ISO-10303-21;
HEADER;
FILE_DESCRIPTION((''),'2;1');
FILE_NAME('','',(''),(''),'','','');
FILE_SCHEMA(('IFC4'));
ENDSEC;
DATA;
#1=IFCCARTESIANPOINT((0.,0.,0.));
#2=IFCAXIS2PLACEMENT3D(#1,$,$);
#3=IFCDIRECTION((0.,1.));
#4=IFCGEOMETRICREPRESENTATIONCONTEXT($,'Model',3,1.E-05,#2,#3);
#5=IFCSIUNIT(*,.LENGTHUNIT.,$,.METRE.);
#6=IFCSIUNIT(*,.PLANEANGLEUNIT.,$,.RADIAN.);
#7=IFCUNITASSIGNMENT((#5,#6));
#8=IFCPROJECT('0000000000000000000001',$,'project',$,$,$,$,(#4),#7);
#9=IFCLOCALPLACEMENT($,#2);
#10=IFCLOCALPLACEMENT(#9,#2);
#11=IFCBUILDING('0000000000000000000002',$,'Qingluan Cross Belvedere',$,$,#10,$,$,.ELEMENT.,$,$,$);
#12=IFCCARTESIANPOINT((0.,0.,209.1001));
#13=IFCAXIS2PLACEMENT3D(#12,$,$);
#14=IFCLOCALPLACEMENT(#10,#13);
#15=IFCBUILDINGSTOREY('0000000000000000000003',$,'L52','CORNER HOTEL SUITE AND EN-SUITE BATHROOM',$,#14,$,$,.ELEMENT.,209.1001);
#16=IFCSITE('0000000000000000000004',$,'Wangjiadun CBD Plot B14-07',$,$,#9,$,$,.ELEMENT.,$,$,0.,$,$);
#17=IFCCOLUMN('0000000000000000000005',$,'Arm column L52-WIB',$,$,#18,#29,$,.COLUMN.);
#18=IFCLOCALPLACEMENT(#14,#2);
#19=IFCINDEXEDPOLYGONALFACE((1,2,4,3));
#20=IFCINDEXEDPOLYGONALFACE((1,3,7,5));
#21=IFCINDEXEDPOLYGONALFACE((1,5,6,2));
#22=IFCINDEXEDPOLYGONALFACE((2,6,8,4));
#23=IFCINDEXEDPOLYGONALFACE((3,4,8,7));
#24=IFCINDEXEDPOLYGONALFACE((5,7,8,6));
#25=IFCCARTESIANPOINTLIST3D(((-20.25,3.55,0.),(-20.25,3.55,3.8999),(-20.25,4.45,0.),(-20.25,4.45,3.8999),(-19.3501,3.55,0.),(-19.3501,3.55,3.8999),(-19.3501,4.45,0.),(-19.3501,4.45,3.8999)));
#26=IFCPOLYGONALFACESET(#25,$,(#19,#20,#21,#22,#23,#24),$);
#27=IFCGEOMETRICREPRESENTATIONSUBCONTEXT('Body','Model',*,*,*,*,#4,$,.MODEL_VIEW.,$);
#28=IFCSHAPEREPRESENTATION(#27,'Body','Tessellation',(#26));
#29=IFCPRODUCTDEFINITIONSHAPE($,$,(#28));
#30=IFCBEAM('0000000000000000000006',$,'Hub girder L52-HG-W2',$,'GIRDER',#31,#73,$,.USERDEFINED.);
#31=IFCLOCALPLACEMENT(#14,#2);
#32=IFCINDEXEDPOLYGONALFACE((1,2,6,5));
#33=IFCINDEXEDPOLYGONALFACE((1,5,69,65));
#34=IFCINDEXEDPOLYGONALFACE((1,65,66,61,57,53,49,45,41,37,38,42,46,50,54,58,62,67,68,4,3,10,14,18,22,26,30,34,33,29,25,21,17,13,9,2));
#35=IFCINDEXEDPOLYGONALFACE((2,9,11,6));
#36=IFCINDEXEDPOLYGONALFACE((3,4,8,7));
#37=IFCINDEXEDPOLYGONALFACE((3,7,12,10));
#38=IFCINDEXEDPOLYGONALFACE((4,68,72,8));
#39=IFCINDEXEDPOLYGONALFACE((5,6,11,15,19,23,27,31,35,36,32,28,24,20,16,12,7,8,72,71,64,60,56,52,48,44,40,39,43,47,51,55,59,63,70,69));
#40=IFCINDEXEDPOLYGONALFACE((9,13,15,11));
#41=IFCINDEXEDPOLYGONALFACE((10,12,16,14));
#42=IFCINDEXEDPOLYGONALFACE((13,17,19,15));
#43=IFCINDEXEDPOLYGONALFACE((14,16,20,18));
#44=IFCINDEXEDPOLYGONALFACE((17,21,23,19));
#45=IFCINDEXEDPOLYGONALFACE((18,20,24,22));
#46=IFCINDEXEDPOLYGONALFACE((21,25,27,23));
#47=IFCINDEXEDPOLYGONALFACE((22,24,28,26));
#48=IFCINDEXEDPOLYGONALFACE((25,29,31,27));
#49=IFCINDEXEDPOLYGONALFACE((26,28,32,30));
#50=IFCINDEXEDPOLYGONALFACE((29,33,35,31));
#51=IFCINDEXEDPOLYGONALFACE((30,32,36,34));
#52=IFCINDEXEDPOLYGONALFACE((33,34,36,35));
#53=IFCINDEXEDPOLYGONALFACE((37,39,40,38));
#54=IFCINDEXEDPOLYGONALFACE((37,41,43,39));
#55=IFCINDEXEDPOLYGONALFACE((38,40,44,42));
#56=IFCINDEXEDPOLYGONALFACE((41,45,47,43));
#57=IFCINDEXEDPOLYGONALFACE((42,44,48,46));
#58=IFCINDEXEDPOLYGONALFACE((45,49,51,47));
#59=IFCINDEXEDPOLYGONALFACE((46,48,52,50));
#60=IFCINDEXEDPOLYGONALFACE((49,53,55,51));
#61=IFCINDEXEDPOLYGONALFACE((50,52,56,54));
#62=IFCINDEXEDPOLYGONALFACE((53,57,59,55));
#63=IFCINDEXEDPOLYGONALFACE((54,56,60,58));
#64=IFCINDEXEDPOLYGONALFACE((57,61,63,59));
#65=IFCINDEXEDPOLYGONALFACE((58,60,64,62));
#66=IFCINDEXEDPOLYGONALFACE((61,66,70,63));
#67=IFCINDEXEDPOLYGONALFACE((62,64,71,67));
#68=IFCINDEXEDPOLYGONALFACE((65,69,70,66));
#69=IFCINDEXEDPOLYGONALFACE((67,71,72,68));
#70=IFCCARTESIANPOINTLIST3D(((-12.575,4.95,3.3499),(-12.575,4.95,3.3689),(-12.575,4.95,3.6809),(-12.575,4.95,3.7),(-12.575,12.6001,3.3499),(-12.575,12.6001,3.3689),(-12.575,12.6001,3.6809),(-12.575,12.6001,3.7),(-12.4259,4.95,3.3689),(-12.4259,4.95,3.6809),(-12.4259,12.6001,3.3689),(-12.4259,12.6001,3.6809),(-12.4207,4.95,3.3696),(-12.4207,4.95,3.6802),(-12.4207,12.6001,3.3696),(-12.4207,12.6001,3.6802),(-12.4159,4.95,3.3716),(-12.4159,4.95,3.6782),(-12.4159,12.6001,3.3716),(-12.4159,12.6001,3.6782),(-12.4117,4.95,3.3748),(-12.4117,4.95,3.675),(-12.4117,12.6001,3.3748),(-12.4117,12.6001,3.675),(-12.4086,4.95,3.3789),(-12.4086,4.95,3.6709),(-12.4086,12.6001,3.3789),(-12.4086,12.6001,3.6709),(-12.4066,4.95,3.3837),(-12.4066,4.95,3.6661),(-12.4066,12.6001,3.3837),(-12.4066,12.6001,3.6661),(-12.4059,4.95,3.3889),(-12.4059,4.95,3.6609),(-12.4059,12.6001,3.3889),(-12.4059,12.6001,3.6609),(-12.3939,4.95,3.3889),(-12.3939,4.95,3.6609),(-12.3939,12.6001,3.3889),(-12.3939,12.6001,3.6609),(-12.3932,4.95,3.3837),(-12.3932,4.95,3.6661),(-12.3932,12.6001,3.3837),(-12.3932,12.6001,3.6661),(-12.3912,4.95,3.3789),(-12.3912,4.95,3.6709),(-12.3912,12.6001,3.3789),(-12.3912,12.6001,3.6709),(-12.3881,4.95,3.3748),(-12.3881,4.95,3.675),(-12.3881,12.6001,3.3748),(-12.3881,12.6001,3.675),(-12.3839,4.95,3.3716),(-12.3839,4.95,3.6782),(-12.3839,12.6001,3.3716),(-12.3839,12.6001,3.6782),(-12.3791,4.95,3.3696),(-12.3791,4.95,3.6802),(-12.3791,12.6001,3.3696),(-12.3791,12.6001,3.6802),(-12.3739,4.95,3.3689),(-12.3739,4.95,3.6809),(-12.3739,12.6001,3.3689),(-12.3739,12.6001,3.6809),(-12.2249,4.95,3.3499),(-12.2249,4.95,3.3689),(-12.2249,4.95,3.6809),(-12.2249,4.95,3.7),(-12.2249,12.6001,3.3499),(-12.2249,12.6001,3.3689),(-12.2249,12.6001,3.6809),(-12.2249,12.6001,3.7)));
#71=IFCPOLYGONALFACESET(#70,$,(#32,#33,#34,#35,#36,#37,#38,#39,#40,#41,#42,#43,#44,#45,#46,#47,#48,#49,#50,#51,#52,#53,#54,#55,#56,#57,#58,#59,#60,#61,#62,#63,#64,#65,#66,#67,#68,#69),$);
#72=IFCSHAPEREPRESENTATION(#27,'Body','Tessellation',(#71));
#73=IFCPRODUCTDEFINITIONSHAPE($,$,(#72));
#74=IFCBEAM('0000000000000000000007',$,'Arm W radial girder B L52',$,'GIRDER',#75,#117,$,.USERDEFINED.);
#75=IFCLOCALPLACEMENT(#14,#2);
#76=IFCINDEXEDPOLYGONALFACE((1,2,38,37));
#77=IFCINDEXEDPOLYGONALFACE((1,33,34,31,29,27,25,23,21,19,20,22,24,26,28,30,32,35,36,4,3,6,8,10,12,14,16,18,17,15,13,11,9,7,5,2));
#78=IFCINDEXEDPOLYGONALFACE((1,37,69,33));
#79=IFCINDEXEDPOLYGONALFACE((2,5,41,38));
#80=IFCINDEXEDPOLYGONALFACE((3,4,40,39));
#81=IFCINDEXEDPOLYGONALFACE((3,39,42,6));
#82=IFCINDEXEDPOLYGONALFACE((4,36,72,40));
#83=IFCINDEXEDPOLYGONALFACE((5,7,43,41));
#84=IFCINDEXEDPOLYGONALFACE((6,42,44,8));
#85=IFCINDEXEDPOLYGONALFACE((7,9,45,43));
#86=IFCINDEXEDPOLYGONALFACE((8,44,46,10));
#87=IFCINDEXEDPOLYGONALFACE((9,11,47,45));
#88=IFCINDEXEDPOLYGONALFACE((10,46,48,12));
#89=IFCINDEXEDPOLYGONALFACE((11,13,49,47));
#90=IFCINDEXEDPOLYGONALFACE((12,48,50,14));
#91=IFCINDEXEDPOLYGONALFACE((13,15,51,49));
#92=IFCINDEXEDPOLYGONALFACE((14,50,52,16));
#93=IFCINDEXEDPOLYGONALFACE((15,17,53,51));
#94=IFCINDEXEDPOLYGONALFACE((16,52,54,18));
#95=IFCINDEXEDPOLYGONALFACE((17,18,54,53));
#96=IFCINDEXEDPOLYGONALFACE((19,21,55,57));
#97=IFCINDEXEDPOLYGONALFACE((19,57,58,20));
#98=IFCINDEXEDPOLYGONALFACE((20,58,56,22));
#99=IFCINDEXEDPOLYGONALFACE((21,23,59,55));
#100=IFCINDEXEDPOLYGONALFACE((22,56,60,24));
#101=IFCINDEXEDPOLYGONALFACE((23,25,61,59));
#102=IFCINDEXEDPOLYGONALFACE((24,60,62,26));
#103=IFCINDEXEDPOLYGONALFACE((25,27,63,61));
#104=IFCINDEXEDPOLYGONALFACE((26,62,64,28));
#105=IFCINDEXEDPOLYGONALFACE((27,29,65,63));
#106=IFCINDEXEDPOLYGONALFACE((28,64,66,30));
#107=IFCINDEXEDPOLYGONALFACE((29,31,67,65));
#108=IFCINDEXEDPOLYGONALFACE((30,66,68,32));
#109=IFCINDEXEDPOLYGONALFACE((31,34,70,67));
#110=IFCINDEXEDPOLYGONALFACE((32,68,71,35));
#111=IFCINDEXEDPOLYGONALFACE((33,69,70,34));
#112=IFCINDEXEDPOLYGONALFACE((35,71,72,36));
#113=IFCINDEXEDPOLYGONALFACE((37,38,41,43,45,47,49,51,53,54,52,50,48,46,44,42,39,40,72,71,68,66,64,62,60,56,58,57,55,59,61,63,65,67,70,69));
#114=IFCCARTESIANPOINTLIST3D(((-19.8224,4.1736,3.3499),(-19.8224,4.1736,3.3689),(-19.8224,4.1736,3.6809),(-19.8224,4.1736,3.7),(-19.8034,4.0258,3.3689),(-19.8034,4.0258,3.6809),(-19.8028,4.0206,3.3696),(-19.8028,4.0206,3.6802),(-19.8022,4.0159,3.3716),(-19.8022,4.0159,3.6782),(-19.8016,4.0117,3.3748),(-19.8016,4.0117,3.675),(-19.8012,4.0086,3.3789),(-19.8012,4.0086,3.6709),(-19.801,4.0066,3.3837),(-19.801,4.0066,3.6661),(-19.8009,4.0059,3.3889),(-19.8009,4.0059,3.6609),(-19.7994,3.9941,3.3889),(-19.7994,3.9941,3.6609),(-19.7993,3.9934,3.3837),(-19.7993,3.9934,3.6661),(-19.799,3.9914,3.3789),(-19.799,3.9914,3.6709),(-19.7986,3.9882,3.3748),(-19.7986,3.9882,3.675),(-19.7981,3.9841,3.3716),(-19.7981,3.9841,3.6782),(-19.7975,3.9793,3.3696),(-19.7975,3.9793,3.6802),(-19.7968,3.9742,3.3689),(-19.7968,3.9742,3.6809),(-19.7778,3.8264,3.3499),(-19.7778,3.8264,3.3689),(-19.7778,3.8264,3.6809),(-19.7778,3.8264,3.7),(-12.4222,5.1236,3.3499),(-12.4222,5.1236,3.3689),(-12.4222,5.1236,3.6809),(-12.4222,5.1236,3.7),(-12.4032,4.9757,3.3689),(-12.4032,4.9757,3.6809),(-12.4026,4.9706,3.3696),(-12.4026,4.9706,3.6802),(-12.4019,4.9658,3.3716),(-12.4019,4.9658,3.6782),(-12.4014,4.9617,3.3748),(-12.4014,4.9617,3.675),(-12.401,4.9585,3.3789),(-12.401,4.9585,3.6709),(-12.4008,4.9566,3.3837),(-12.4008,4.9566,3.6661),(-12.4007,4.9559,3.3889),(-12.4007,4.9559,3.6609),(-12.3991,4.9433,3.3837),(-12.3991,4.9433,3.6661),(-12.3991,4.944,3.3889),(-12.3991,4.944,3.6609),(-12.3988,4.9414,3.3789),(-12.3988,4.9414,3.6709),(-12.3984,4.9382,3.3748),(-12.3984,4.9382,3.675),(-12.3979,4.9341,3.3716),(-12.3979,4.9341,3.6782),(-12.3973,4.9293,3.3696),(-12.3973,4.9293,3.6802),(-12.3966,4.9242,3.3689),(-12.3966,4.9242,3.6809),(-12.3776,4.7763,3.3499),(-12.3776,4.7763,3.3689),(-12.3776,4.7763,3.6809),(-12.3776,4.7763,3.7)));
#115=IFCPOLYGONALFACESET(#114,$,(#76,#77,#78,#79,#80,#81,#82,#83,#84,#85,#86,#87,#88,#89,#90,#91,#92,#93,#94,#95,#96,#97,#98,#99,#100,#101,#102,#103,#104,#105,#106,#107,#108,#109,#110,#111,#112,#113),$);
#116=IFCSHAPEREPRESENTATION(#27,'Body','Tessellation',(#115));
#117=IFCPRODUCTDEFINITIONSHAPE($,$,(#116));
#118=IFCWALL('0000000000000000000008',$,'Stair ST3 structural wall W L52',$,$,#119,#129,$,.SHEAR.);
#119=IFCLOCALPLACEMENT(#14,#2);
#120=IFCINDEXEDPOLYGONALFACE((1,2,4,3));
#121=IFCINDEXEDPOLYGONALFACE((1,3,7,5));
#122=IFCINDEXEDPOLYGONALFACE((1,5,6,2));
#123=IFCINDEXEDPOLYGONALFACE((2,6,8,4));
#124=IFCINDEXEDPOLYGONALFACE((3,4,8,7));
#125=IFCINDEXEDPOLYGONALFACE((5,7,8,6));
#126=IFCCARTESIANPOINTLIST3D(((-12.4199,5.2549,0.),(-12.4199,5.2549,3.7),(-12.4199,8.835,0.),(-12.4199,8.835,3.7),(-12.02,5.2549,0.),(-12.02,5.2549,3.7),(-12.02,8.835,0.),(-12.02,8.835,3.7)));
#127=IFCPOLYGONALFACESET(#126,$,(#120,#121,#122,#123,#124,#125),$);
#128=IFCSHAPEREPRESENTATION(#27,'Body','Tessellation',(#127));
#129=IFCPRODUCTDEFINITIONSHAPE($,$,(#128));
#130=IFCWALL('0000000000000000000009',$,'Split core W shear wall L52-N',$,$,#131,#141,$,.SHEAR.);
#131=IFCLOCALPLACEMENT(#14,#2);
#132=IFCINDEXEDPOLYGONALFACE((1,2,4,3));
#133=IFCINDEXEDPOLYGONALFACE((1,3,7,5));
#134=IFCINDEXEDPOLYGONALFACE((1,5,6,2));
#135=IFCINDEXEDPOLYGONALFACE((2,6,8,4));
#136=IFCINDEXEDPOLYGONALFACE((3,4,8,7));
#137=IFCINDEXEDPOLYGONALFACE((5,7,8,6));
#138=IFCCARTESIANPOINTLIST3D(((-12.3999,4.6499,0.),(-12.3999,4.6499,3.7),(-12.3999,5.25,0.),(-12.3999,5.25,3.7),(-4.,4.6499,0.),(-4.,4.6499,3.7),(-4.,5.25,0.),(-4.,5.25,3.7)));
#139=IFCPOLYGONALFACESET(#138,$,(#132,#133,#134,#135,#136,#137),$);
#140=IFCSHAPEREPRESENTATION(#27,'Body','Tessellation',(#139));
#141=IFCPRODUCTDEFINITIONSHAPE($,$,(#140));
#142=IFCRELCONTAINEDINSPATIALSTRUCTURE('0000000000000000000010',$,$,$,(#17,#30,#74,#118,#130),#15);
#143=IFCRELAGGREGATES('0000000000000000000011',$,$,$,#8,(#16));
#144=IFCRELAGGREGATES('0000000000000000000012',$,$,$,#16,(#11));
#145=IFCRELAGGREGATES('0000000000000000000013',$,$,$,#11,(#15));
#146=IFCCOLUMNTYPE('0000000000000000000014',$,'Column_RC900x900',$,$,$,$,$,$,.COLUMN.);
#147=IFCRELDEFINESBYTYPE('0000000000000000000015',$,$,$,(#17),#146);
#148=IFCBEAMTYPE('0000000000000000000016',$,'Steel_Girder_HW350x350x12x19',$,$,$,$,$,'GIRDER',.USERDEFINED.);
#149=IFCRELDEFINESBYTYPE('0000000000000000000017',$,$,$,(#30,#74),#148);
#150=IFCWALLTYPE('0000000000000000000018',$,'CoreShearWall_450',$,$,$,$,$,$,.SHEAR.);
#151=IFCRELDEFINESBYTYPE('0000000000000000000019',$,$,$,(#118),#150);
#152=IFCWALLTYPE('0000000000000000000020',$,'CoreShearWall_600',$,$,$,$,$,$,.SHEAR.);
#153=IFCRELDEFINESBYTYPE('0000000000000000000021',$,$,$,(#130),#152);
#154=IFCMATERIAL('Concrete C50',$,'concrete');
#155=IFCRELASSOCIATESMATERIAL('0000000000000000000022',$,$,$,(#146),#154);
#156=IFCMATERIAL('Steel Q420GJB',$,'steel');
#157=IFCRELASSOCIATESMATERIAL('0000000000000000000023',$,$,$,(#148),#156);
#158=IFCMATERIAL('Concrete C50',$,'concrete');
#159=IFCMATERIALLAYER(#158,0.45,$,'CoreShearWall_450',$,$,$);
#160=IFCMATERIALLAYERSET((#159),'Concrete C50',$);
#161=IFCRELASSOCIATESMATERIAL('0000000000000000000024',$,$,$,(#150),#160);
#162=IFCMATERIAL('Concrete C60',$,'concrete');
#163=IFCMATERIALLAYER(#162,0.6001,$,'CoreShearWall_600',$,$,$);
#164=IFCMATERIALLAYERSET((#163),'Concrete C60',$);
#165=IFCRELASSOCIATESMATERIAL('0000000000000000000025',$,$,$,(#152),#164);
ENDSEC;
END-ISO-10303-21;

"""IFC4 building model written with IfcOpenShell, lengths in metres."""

from ifc_helpers import new_model, si_unit, direction, frame, frame_2d, origin, origin_2d, place, context, subcontext, project, spatial, rectangle, i_section, extrude, material, layer, layer_set, material_profile, profile_set, type_object, element, save


model = new_model("IFC4")

# Units and contexts
model_context = context("Model", 3, precision=1e-05, world=origin(), true_north=direction((0.0, 1.0)))
body_context = subcontext(model_context, "Body", "Model", "MODEL_VIEW")
ifc_project = project(units=[si_unit("LENGTHUNIT", "METRE"), si_unit("PLANEANGLEUNIT", "RADIAN")], contexts=[model_context])

# Site, building, storey
site_placement = place(None, origin())
site = spatial("IfcSite", under=ifc_project, at=site_placement, Name="Wangjiadun CBD Plot B14-07", CompositionType="ELEMENT", RefElevation=0.0)
building_placement = place(site_placement, origin())
building = spatial("IfcBuilding", under=site, at=building_placement, Name="Qingluan Cross Belvedere", CompositionType="ELEMENT")
storey_placement = place(building_placement, frame((0.0, 0.0, 209.1001)))
storey = spatial("IfcBuildingStorey", under=building, at=storey_placement, Name="L52", Description="CORNER HOTEL SUITE AND EN-SUITE BATHROOM", CompositionType="ELEMENT", Elevation=209.1001)

# Column
ifc_material_1 = material(Name="Concrete C50", Category="concrete")
ifc_material_profile_1 = material_profile(ifc_material_1, rectangle(XDim=0.8999, YDim=0.8999, at=origin_2d()), Name="RC900x900")
ifc_profile_set_1 = profile_set([ifc_material_profile_1], Name="Concrete C50")
column_type = type_object("IfcColumnType", Name="Column_RC900x900", PredefinedType="COLUMN", material=ifc_profile_set_1)
column_placement = place(storey_placement, frame((-19.8, 4.0, 0.0), z_axis=(0.0, 0.0, 1.0), x_axis=(1.0, 0.0, 0.0)))
element("IfcColumn", 1, at=column_placement, inside=storey, type_object=column_type, Name="Arm column L52-WIB", PredefinedType="COLUMN", context=body_context, shape_type="SweptSolid", body=[
    extrude(rectangle(XDim=0.8999, YDim=0.8999, at=origin_2d()), origin(), (0.0, 0.0, 1.0), 3.8999),
])

# Beams
ifc_material_2 = material(Name="Steel Q420GJB", Category="steel")
ifc_material_profile_2 = material_profile(ifc_material_2, i_section(OverallWidth=0.3501, OverallDepth=0.3501, WebThickness=0.012, FlangeThickness=0.019, FilletRadius=0.02, at=origin_2d()), Name="HW350x350x12x19")
ifc_profile_set_2 = profile_set([ifc_material_profile_2], Name="Steel Q420GJB")
beam_type = type_object("IfcBeamType", Name="Steel_Girder_HW350x350x12x19", ElementType="GIRDER", PredefinedType="USERDEFINED", material=ifc_profile_set_2)
beam_1_placement = place(storey_placement, frame((-12.3999, 4.95, 3.5249), z_axis=(0.0, 1.0, 0.0), x_axis=(-1.0, 0.0, 0.0)))
element("IfcBeam", 2, at=beam_1_placement, inside=storey, type_object=beam_type, Name="Hub girder L52-HG-W2", ObjectType="GIRDER", PredefinedType="USERDEFINED", context=body_context, shape_type="SweptSolid", body=[
    extrude(i_section(OverallWidth=0.3501, OverallDepth=0.3501, WebThickness=0.012, FlangeThickness=0.019, FilletRadius=0.02, at=origin_2d()), origin(), (0.0, 0.0, 1.0), 7.6501),
])
beam_2_placement = place(storey_placement, frame((-12.3999, 4.95, 3.5249), z_axis=(-0.991861, -0.127324, 0.0), x_axis=(0.127324, -0.991861, 0.0)))
element("IfcBeam", 3, at=beam_2_placement, inside=storey, type_object=beam_type, Name="Arm W radial girder B L52", ObjectType="GIRDER", PredefinedType="USERDEFINED", context=body_context, shape_type="SweptSolid", body=[
    extrude(i_section(OverallWidth=0.3501, OverallDepth=0.3501, WebThickness=0.012, FlangeThickness=0.019, FilletRadius=0.02, at=origin_2d()), origin(), (0.0, 0.0, 1.0), 7.4609),
])

# Walls
ifc_material_3 = material(Name="Concrete C50", Category="concrete")
ifc_layer_1 = layer(ifc_material_3, 0.45, Name="CoreShearWall_450")
ifc_layer_set_1 = layer_set([ifc_layer_1], Name="Concrete C50")
wall_type_1 = type_object("IfcWallType", Name="CoreShearWall_450", PredefinedType="SHEAR", material=ifc_layer_set_1)
wall_1_placement = place(storey_placement, frame((-12.22, 5.2549, 0.0), z_axis=(0.0, 0.0, 1.0), x_axis=(0.0, 1.0, 0.0)))
element("IfcWall", 4, at=wall_1_placement, inside=storey, type_object=wall_type_1, Name="Stair ST3 structural wall W L52", PredefinedType="SHEAR", context=body_context, shape_type="SweptSolid", body=[
    extrude(rectangle(XDim=3.5801, YDim=0.3999, at=frame_2d((1.79, 0.0))), origin(), (0.0, 0.0, 1.0), 3.7),
])
ifc_material_4 = material(Name="Concrete C60", Category="concrete")
ifc_layer_2 = layer(ifc_material_4, 0.6001, Name="CoreShearWall_600")
ifc_layer_set_2 = layer_set([ifc_layer_2], Name="Concrete C60")
wall_type_2 = type_object("IfcWallType", Name="CoreShearWall_600", PredefinedType="SHEAR", material=ifc_layer_set_2)
wall_2_placement = place(storey_placement, frame((-12.3999, 4.95, 0.0), z_axis=(0.0, 0.0, 1.0), x_axis=(1.0, 0.0, 0.0)))
element("IfcWall", 5, at=wall_2_placement, inside=storey, type_object=wall_type_2, Name="Split core W shear wall L52-N", PredefinedType="SHEAR", context=body_context, shape_type="SweptSolid", body=[
    extrude(rectangle(XDim=8.3999, YDim=0.6001, at=frame_2d((4.2, 0.0))), origin(), (0.0, 0.0, 1.0), 3.7),
])

save(model, "model.ifc")
